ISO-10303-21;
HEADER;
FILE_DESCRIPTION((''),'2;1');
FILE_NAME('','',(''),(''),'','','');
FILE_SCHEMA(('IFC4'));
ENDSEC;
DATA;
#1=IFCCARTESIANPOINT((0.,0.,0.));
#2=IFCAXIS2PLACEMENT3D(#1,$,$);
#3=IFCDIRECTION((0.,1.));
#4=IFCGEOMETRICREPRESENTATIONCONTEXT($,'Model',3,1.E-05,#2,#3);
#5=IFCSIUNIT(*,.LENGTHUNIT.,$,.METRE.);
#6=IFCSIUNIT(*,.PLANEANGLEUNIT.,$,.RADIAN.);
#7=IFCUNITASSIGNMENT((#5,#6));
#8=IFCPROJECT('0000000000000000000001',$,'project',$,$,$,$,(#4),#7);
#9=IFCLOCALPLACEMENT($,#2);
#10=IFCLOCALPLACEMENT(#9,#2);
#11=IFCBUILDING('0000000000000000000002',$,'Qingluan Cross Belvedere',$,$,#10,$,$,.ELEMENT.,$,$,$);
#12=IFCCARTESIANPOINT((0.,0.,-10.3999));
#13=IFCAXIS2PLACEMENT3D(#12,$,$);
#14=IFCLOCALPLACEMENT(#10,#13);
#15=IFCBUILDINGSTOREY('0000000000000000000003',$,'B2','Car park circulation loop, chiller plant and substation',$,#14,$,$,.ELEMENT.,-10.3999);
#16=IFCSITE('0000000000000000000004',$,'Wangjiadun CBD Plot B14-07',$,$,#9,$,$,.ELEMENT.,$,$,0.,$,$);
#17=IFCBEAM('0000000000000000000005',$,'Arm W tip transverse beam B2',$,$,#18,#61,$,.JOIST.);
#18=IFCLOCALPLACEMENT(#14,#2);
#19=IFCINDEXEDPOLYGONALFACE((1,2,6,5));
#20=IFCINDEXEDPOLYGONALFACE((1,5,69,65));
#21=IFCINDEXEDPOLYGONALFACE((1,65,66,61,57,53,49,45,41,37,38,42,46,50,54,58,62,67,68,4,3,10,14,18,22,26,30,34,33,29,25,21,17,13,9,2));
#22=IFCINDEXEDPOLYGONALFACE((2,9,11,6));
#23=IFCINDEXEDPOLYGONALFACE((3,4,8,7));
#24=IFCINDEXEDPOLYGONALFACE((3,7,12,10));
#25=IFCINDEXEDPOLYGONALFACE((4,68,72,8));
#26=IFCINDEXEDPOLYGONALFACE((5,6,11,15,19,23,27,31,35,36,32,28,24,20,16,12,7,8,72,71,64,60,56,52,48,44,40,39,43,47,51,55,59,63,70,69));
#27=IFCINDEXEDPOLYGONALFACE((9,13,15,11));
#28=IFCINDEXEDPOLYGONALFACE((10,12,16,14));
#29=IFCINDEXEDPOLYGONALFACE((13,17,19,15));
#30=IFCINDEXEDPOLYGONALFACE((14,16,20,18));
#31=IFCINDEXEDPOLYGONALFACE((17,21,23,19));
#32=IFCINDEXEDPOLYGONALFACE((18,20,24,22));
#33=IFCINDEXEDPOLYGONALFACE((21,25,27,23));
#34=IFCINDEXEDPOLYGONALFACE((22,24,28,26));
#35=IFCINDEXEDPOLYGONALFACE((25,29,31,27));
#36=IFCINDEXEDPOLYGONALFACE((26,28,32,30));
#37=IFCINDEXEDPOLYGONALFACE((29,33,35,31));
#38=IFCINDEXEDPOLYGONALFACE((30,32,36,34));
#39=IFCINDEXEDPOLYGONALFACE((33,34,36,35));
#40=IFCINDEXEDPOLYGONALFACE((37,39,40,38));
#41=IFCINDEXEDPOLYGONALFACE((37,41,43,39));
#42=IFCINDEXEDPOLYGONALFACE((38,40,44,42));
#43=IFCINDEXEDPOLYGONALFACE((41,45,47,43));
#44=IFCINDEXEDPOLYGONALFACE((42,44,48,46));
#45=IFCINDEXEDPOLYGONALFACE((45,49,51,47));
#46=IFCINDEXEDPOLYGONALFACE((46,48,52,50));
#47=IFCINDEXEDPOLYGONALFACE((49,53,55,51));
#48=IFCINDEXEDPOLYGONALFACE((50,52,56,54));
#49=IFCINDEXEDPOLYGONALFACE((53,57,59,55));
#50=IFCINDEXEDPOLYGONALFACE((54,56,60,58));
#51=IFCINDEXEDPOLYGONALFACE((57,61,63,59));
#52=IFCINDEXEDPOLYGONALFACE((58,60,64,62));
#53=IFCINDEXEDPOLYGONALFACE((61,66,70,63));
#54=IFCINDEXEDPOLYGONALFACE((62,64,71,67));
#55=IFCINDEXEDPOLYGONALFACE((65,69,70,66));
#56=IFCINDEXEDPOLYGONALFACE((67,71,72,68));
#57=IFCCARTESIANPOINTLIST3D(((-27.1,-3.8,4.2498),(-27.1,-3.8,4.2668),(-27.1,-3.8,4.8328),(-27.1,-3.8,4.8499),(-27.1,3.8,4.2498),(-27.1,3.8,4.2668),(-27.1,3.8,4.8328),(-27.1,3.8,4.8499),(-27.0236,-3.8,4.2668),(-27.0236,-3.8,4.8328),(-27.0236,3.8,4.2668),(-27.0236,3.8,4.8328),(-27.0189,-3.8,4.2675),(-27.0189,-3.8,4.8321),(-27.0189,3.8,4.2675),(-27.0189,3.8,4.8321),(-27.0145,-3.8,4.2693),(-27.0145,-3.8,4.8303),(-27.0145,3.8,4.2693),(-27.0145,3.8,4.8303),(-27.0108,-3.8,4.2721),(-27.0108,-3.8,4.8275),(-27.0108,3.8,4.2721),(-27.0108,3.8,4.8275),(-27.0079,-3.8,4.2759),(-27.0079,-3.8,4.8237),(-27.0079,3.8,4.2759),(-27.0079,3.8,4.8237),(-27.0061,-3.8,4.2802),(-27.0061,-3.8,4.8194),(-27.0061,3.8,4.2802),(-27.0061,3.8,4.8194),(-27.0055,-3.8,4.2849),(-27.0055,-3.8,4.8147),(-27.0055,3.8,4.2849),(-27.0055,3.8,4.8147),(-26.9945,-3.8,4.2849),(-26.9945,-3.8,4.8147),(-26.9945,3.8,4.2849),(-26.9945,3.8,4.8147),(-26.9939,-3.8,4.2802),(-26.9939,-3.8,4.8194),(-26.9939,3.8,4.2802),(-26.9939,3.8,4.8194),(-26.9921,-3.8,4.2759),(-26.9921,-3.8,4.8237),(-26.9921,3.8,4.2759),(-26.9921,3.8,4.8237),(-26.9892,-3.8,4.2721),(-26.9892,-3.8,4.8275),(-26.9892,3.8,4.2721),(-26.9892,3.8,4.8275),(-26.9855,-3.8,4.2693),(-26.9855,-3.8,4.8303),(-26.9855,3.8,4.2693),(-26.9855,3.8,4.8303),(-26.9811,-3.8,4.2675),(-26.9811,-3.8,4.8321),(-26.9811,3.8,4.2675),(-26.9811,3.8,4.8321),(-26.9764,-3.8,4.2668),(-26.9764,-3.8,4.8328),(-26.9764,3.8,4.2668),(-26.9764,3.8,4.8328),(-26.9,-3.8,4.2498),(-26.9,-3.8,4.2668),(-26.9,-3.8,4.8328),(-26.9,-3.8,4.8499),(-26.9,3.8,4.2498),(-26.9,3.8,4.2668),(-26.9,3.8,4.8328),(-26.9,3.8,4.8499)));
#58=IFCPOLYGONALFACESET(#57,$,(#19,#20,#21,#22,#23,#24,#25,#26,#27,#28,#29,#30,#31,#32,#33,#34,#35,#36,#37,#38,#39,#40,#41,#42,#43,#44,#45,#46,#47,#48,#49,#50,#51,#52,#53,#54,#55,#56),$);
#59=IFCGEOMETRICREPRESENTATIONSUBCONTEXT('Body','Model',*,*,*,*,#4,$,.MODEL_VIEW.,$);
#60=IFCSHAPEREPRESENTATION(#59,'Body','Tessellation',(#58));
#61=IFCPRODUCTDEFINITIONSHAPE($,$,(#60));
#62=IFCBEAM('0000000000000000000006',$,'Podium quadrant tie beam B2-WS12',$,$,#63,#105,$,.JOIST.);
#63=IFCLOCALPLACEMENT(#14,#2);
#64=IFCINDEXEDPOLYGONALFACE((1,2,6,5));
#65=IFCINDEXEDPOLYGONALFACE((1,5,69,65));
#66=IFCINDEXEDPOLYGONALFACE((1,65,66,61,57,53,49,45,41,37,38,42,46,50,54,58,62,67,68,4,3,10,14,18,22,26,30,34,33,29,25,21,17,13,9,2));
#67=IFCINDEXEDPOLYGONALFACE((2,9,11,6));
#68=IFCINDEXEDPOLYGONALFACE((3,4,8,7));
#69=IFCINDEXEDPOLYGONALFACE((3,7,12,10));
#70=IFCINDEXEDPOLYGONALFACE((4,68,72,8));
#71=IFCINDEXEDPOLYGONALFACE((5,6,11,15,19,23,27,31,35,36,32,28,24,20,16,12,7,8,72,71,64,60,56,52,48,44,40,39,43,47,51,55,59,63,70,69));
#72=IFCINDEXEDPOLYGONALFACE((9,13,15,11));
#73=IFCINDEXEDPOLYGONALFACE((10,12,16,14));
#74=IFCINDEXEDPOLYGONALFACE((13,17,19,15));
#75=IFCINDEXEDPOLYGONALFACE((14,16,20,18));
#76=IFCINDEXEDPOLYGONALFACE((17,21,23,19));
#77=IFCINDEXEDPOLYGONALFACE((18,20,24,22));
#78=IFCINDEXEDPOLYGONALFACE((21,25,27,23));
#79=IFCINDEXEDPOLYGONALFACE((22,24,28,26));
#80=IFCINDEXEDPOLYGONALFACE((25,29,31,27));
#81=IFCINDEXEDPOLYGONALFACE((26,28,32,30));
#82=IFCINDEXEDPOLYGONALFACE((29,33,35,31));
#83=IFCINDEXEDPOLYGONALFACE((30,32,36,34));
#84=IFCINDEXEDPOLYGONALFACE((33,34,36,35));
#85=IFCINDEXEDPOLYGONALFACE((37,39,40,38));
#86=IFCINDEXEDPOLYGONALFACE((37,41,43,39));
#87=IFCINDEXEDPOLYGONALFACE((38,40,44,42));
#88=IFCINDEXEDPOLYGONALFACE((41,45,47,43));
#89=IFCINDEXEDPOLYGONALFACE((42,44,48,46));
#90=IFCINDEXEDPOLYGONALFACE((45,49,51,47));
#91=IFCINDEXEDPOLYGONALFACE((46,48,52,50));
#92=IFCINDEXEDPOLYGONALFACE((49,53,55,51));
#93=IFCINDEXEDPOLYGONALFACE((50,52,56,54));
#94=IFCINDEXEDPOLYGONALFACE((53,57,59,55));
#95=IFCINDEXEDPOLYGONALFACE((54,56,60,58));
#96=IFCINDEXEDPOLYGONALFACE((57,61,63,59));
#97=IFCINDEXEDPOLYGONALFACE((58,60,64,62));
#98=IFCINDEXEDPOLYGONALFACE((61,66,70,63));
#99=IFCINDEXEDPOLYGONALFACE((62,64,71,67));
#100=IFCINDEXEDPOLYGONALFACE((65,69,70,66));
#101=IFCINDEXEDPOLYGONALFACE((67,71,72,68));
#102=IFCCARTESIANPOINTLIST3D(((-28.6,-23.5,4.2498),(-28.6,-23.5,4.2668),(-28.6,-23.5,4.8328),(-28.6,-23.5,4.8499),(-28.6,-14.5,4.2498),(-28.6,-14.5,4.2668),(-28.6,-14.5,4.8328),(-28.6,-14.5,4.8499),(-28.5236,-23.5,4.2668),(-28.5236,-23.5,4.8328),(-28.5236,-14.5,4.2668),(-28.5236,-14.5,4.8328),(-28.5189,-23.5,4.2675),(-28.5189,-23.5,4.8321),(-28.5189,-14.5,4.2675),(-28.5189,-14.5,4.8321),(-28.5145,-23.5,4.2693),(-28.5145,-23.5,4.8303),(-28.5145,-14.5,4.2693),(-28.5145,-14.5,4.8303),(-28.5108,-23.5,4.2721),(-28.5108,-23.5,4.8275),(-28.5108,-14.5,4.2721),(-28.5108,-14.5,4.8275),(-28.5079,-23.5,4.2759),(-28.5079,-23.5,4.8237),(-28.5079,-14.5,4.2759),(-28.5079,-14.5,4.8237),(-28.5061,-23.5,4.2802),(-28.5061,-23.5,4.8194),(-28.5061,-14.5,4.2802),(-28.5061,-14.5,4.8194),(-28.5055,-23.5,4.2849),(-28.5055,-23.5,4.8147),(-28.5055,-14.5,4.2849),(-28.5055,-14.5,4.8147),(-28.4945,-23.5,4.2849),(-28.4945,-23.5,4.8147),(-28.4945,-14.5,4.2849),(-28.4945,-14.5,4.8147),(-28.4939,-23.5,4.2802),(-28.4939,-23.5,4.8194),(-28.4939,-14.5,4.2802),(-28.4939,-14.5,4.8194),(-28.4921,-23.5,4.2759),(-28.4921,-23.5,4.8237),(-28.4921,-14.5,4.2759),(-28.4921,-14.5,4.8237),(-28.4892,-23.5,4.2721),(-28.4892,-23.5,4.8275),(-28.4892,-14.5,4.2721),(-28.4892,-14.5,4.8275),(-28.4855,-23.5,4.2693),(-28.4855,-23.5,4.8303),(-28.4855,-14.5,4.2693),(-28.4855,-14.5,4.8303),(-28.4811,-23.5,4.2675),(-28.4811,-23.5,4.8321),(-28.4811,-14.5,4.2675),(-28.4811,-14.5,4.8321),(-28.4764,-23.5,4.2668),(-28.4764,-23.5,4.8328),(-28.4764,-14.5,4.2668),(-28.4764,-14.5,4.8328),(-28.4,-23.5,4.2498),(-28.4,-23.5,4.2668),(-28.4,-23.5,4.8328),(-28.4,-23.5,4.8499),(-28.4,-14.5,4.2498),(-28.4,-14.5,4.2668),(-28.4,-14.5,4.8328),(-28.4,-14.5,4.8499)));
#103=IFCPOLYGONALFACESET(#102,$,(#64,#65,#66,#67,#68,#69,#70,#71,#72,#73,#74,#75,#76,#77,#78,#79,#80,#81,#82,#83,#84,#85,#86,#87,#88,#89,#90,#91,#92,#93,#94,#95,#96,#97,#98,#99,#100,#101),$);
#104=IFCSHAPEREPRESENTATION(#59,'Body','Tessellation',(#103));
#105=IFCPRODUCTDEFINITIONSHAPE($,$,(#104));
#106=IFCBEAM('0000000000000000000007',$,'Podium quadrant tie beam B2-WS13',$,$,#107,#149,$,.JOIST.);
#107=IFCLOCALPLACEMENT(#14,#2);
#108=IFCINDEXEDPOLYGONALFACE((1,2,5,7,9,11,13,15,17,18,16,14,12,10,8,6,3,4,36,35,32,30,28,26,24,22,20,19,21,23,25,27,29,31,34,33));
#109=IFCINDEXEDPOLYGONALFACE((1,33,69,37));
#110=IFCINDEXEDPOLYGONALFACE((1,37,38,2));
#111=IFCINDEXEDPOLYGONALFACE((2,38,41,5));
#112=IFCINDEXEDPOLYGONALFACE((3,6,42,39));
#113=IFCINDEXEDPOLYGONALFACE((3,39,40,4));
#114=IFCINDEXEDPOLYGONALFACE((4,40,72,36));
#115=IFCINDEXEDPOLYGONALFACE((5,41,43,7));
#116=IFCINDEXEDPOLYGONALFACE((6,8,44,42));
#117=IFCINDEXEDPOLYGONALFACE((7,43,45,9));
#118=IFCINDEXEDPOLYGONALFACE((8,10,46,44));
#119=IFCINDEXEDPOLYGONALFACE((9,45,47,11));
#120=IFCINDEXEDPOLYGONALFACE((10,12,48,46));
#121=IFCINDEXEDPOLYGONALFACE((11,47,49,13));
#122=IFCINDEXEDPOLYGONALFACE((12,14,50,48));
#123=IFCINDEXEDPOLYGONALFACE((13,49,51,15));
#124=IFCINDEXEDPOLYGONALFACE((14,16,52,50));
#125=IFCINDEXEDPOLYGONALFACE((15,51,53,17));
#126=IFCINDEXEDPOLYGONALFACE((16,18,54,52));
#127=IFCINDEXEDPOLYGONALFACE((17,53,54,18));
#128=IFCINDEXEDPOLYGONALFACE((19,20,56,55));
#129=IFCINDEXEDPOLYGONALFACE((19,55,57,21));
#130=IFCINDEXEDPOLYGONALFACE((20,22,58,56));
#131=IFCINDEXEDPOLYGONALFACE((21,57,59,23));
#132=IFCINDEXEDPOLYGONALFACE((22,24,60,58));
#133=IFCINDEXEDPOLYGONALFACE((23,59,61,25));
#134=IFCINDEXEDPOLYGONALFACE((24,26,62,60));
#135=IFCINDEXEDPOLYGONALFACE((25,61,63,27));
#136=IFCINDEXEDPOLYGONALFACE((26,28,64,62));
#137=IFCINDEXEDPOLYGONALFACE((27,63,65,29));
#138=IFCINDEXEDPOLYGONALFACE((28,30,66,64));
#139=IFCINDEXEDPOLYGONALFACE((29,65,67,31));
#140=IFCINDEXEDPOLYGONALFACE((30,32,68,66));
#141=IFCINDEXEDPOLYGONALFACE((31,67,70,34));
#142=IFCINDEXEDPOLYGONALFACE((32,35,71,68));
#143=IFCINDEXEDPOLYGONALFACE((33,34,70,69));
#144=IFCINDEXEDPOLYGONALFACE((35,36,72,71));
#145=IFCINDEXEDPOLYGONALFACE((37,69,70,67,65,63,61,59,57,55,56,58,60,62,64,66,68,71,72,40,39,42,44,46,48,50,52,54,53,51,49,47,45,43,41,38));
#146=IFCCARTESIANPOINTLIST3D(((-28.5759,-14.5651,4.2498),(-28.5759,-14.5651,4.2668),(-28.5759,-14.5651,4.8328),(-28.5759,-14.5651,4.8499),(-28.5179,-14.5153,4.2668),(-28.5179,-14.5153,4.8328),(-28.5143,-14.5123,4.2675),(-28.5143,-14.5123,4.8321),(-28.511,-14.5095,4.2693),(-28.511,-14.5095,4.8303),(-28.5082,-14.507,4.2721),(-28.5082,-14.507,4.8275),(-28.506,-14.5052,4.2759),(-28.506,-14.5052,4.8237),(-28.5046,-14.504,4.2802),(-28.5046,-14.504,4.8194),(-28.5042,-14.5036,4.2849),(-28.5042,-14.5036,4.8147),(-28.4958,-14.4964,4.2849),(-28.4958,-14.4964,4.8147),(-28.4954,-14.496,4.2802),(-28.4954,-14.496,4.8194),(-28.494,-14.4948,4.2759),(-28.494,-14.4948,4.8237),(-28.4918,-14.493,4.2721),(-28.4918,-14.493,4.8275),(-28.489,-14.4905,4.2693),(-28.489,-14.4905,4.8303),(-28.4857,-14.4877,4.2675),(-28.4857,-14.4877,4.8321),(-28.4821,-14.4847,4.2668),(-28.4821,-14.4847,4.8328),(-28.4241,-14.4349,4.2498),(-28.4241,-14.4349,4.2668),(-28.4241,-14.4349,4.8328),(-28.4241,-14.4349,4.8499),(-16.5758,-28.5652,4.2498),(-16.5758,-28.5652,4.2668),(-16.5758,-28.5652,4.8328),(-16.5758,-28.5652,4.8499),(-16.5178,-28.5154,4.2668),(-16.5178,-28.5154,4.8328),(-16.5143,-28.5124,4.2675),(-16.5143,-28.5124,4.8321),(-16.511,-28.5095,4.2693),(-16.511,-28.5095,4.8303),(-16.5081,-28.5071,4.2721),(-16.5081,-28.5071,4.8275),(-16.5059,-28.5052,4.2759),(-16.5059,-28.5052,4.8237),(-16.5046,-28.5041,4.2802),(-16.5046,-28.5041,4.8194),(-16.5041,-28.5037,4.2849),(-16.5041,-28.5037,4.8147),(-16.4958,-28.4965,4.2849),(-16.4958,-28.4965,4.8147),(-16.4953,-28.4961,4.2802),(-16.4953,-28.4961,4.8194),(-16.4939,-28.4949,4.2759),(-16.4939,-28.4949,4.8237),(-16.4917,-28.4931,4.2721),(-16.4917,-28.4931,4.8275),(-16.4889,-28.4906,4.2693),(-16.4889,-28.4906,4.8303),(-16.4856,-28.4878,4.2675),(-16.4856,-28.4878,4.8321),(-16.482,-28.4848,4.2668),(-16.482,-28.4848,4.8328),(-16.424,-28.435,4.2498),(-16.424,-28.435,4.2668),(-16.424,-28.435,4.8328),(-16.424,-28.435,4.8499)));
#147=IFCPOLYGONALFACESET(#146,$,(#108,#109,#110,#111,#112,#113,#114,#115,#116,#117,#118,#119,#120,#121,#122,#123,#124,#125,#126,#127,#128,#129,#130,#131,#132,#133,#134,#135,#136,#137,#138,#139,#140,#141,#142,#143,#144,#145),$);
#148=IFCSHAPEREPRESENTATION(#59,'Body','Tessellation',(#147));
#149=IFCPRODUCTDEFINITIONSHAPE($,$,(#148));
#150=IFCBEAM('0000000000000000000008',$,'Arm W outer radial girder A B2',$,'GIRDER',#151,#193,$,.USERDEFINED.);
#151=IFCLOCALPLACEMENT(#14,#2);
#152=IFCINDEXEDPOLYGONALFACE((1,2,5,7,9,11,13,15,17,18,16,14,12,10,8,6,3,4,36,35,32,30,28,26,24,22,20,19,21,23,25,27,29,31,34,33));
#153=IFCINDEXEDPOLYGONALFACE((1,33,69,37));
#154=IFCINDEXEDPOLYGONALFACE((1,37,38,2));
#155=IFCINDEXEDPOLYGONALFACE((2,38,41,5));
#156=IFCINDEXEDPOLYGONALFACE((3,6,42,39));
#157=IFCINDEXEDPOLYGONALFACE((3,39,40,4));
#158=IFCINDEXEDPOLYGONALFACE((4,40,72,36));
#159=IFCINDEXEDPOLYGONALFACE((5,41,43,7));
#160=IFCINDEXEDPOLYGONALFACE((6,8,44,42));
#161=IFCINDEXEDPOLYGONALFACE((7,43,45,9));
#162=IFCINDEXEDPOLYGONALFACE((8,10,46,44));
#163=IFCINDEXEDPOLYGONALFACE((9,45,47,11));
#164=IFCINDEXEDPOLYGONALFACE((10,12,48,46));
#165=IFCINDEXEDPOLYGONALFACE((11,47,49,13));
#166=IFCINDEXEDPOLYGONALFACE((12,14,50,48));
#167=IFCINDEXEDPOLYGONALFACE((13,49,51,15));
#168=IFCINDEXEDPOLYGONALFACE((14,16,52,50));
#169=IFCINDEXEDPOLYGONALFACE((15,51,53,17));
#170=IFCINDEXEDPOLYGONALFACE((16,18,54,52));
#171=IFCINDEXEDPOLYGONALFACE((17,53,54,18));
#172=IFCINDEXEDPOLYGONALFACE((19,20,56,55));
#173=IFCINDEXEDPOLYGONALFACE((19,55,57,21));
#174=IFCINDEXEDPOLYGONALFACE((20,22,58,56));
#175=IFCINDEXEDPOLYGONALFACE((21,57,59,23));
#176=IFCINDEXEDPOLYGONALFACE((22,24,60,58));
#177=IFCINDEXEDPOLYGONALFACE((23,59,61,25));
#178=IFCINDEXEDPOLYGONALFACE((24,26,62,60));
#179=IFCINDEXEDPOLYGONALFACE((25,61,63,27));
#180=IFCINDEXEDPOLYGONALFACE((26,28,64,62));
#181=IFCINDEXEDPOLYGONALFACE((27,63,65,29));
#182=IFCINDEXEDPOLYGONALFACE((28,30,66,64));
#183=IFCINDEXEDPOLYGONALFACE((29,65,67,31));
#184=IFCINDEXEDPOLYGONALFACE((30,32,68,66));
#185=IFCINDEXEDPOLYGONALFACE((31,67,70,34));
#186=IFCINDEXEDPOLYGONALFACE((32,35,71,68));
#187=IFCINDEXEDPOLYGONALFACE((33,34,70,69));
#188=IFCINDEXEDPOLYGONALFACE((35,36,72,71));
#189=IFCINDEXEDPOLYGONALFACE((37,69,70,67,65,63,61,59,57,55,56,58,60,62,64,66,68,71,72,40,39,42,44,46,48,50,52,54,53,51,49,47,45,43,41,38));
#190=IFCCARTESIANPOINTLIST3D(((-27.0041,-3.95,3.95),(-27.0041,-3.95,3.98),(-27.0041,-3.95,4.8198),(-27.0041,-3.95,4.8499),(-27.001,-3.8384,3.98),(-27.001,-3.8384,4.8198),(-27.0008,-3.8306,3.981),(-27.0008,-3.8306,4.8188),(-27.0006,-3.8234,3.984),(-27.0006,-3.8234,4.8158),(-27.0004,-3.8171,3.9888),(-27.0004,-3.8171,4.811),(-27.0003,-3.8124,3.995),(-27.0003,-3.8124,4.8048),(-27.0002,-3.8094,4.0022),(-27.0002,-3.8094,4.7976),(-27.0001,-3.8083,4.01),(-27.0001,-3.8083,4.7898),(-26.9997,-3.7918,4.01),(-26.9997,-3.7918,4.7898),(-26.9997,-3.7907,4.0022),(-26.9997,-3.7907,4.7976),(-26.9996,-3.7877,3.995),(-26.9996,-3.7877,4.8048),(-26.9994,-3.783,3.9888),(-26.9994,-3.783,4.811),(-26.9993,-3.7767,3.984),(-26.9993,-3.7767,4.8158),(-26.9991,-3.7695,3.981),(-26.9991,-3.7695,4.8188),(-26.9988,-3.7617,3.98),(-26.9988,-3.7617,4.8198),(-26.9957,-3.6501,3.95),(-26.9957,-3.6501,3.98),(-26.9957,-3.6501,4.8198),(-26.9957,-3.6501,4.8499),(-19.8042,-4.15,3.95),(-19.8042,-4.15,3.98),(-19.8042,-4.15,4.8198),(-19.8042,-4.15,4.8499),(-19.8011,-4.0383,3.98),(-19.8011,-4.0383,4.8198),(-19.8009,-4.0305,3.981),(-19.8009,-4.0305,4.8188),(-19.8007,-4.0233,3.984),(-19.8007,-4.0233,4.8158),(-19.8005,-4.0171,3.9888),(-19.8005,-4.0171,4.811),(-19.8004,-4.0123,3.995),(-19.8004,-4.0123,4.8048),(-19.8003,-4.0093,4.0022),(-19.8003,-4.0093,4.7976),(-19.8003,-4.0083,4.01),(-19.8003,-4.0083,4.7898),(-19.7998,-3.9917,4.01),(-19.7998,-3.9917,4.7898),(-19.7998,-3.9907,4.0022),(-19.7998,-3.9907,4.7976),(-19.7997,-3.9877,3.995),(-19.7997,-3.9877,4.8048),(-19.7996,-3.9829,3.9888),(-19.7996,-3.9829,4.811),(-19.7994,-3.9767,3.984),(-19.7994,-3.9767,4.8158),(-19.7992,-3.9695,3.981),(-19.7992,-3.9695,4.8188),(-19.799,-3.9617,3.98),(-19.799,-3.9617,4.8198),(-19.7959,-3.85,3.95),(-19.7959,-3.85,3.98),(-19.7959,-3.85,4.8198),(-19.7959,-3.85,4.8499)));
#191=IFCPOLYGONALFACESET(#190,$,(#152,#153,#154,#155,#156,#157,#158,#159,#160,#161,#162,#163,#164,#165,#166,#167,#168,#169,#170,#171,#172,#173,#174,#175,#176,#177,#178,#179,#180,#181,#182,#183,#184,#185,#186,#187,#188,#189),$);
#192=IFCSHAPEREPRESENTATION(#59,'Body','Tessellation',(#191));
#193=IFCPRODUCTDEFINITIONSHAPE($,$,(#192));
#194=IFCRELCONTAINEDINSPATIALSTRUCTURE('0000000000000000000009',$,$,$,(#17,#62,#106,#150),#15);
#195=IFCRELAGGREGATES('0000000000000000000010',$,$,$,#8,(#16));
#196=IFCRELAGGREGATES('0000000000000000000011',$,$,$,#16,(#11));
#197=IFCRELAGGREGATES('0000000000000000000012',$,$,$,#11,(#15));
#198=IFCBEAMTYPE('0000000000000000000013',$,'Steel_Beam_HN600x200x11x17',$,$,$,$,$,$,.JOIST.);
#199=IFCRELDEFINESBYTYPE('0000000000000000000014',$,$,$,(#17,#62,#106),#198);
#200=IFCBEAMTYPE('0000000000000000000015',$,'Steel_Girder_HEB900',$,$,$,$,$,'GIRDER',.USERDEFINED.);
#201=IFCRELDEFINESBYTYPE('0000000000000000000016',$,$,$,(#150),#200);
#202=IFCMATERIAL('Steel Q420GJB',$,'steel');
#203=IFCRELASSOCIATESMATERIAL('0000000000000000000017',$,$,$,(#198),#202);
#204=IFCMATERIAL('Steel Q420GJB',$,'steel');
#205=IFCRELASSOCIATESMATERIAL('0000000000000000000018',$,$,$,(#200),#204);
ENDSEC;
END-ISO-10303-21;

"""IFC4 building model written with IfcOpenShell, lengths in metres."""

from ifc_helpers import new_model, si_unit, direction, frame, origin, origin_2d, place, context, subcontext, project, spatial, i_section, extrude, material, material_profile, profile_set, type_object, element, save


model = new_model("IFC4")

# Units and contexts
model_context = context("Model", 3, precision=1e-05, world=origin(), true_north=direction((0.0, 1.0)))
body_context = subcontext(model_context, "Body", "Model", "MODEL_VIEW")
ifc_project = project(units=[si_unit("LENGTHUNIT", "METRE"), si_unit("PLANEANGLEUNIT", "RADIAN")], contexts=[model_context])

# Site, building, storey
site_placement = place(None, origin())
site = spatial("IfcSite", under=ifc_project, at=site_placement, Name="Wangjiadun CBD Plot B14-07", CompositionType="ELEMENT", RefElevation=0.0)
building_placement = place(site_placement, origin())
building = spatial("IfcBuilding", under=site, at=building_placement, Name="Qingluan Cross Belvedere", CompositionType="ELEMENT")
storey_placement = place(building_placement, frame((0.0, 0.0, -10.3999)))
storey = spatial("IfcBuildingStorey", under=building, at=storey_placement, Name="B2", Description="Car park circulation loop, chiller plant and substation", CompositionType="ELEMENT", Elevation=-10.3999)

# Beams
ifc_material_1 = material(Name="Steel Q420GJB", Category="steel")
ifc_material_profile_1 = material_profile(ifc_material_1, i_section(OverallWidth=0.2, OverallDepth=0.6001, WebThickness=0.011, FlangeThickness=0.0171, FilletRadius=0.0181, at=origin_2d()), Name="HN600x200x11x17")
ifc_profile_set_1 = profile_set([ifc_material_profile_1], Name="Steel Q420GJB")
beam_type_1 = type_object("IfcBeamType", Name="Steel_Beam_HN600x200x11x17", PredefinedType="JOIST", material=ifc_profile_set_1)
beam_1_placement = place(storey_placement, frame((-27.0, -3.8, 4.5498), z_axis=(0.0, 1.0, 0.0), x_axis=(-1.0, 0.0, 0.0)))
element("IfcBeam", 1, at=beam_1_placement, inside=storey, type_object=beam_type_1, Name="Arm W tip transverse beam B2", PredefinedType="JOIST", context=body_context, shape_type="SweptSolid", body=[
    extrude(i_section(OverallWidth=0.2, OverallDepth=0.6001, WebThickness=0.011, FlangeThickness=0.0171, FilletRadius=0.0181, at=origin_2d()), origin(), (0.0, 0.0, 1.0), 7.6001),
])
beam_2_placement = place(storey_placement, frame((-28.5, -14.5, 4.5498), z_axis=(0.0, -1.0, 0.0), x_axis=(1.0, 0.0, 0.0)))
element("IfcBeam", 2, at=beam_2_placement, inside=storey, type_object=beam_type_1, Name="Podium quadrant tie beam B2-WS12", PredefinedType="JOIST", context=body_context, shape_type="SweptSolid", body=[
    extrude(i_section(OverallWidth=0.2, OverallDepth=0.6001, WebThickness=0.011, FlangeThickness=0.0171, FilletRadius=0.0181, at=origin_2d()), origin(), (0.0, 0.0, 1.0), 9.0),
])
beam_3_placement = place(storey_placement, frame((-28.5, -14.5, 4.5498), z_axis=(0.650791, -0.759257, 0.0), x_axis=(0.759257, 0.650791, 0.0)))
element("IfcBeam", 3, at=beam_3_placement, inside=storey, type_object=beam_type_1, Name="Podium quadrant tie beam B2-WS13", PredefinedType="JOIST", context=body_context, shape_type="SweptSolid", body=[
    extrude(i_section(OverallWidth=0.2, OverallDepth=0.6001, WebThickness=0.011, FlangeThickness=0.0171, FilletRadius=0.0181, at=origin_2d()), origin(), (0.0, 0.0, 1.0), 18.4392),
])
ifc_material_2 = material(Name="Steel Q420GJB", Category="steel")
ifc_material_profile_2 = material_profile(ifc_material_2, i_section(OverallWidth=0.3, OverallDepth=0.8999, WebThickness=0.0166, FlangeThickness=0.03, FilletRadius=0.03, at=origin_2d()), Name="HEB900")
ifc_profile_set_2 = profile_set([ifc_material_profile_2], Name="Steel Q420GJB")
beam_type_2 = type_object("IfcBeamType", Name="Steel_Girder_HEB900", ElementType="GIRDER", PredefinedType="USERDEFINED", material=ifc_profile_set_2)
beam_4_placement = place(storey_placement, frame((-19.8, -4.0, 4.3999), z_axis=(-0.999615, 0.02776, 0.0), x_axis=(-0.02776, -0.999615, 0.0)))
element("IfcBeam", 4, at=beam_4_placement, inside=storey, type_object=beam_type_2, Name="Arm W outer radial girder A B2", ObjectType="GIRDER", PredefinedType="USERDEFINED", context=body_context, shape_type="SweptSolid", body=[
    extrude(i_section(OverallWidth=0.3, OverallDepth=0.8999, WebThickness=0.0166, FlangeThickness=0.03, FilletRadius=0.03, at=origin_2d()), origin(), (0.0, 0.0, 1.0), 7.2026),
])

save(model, "model.ifc")
